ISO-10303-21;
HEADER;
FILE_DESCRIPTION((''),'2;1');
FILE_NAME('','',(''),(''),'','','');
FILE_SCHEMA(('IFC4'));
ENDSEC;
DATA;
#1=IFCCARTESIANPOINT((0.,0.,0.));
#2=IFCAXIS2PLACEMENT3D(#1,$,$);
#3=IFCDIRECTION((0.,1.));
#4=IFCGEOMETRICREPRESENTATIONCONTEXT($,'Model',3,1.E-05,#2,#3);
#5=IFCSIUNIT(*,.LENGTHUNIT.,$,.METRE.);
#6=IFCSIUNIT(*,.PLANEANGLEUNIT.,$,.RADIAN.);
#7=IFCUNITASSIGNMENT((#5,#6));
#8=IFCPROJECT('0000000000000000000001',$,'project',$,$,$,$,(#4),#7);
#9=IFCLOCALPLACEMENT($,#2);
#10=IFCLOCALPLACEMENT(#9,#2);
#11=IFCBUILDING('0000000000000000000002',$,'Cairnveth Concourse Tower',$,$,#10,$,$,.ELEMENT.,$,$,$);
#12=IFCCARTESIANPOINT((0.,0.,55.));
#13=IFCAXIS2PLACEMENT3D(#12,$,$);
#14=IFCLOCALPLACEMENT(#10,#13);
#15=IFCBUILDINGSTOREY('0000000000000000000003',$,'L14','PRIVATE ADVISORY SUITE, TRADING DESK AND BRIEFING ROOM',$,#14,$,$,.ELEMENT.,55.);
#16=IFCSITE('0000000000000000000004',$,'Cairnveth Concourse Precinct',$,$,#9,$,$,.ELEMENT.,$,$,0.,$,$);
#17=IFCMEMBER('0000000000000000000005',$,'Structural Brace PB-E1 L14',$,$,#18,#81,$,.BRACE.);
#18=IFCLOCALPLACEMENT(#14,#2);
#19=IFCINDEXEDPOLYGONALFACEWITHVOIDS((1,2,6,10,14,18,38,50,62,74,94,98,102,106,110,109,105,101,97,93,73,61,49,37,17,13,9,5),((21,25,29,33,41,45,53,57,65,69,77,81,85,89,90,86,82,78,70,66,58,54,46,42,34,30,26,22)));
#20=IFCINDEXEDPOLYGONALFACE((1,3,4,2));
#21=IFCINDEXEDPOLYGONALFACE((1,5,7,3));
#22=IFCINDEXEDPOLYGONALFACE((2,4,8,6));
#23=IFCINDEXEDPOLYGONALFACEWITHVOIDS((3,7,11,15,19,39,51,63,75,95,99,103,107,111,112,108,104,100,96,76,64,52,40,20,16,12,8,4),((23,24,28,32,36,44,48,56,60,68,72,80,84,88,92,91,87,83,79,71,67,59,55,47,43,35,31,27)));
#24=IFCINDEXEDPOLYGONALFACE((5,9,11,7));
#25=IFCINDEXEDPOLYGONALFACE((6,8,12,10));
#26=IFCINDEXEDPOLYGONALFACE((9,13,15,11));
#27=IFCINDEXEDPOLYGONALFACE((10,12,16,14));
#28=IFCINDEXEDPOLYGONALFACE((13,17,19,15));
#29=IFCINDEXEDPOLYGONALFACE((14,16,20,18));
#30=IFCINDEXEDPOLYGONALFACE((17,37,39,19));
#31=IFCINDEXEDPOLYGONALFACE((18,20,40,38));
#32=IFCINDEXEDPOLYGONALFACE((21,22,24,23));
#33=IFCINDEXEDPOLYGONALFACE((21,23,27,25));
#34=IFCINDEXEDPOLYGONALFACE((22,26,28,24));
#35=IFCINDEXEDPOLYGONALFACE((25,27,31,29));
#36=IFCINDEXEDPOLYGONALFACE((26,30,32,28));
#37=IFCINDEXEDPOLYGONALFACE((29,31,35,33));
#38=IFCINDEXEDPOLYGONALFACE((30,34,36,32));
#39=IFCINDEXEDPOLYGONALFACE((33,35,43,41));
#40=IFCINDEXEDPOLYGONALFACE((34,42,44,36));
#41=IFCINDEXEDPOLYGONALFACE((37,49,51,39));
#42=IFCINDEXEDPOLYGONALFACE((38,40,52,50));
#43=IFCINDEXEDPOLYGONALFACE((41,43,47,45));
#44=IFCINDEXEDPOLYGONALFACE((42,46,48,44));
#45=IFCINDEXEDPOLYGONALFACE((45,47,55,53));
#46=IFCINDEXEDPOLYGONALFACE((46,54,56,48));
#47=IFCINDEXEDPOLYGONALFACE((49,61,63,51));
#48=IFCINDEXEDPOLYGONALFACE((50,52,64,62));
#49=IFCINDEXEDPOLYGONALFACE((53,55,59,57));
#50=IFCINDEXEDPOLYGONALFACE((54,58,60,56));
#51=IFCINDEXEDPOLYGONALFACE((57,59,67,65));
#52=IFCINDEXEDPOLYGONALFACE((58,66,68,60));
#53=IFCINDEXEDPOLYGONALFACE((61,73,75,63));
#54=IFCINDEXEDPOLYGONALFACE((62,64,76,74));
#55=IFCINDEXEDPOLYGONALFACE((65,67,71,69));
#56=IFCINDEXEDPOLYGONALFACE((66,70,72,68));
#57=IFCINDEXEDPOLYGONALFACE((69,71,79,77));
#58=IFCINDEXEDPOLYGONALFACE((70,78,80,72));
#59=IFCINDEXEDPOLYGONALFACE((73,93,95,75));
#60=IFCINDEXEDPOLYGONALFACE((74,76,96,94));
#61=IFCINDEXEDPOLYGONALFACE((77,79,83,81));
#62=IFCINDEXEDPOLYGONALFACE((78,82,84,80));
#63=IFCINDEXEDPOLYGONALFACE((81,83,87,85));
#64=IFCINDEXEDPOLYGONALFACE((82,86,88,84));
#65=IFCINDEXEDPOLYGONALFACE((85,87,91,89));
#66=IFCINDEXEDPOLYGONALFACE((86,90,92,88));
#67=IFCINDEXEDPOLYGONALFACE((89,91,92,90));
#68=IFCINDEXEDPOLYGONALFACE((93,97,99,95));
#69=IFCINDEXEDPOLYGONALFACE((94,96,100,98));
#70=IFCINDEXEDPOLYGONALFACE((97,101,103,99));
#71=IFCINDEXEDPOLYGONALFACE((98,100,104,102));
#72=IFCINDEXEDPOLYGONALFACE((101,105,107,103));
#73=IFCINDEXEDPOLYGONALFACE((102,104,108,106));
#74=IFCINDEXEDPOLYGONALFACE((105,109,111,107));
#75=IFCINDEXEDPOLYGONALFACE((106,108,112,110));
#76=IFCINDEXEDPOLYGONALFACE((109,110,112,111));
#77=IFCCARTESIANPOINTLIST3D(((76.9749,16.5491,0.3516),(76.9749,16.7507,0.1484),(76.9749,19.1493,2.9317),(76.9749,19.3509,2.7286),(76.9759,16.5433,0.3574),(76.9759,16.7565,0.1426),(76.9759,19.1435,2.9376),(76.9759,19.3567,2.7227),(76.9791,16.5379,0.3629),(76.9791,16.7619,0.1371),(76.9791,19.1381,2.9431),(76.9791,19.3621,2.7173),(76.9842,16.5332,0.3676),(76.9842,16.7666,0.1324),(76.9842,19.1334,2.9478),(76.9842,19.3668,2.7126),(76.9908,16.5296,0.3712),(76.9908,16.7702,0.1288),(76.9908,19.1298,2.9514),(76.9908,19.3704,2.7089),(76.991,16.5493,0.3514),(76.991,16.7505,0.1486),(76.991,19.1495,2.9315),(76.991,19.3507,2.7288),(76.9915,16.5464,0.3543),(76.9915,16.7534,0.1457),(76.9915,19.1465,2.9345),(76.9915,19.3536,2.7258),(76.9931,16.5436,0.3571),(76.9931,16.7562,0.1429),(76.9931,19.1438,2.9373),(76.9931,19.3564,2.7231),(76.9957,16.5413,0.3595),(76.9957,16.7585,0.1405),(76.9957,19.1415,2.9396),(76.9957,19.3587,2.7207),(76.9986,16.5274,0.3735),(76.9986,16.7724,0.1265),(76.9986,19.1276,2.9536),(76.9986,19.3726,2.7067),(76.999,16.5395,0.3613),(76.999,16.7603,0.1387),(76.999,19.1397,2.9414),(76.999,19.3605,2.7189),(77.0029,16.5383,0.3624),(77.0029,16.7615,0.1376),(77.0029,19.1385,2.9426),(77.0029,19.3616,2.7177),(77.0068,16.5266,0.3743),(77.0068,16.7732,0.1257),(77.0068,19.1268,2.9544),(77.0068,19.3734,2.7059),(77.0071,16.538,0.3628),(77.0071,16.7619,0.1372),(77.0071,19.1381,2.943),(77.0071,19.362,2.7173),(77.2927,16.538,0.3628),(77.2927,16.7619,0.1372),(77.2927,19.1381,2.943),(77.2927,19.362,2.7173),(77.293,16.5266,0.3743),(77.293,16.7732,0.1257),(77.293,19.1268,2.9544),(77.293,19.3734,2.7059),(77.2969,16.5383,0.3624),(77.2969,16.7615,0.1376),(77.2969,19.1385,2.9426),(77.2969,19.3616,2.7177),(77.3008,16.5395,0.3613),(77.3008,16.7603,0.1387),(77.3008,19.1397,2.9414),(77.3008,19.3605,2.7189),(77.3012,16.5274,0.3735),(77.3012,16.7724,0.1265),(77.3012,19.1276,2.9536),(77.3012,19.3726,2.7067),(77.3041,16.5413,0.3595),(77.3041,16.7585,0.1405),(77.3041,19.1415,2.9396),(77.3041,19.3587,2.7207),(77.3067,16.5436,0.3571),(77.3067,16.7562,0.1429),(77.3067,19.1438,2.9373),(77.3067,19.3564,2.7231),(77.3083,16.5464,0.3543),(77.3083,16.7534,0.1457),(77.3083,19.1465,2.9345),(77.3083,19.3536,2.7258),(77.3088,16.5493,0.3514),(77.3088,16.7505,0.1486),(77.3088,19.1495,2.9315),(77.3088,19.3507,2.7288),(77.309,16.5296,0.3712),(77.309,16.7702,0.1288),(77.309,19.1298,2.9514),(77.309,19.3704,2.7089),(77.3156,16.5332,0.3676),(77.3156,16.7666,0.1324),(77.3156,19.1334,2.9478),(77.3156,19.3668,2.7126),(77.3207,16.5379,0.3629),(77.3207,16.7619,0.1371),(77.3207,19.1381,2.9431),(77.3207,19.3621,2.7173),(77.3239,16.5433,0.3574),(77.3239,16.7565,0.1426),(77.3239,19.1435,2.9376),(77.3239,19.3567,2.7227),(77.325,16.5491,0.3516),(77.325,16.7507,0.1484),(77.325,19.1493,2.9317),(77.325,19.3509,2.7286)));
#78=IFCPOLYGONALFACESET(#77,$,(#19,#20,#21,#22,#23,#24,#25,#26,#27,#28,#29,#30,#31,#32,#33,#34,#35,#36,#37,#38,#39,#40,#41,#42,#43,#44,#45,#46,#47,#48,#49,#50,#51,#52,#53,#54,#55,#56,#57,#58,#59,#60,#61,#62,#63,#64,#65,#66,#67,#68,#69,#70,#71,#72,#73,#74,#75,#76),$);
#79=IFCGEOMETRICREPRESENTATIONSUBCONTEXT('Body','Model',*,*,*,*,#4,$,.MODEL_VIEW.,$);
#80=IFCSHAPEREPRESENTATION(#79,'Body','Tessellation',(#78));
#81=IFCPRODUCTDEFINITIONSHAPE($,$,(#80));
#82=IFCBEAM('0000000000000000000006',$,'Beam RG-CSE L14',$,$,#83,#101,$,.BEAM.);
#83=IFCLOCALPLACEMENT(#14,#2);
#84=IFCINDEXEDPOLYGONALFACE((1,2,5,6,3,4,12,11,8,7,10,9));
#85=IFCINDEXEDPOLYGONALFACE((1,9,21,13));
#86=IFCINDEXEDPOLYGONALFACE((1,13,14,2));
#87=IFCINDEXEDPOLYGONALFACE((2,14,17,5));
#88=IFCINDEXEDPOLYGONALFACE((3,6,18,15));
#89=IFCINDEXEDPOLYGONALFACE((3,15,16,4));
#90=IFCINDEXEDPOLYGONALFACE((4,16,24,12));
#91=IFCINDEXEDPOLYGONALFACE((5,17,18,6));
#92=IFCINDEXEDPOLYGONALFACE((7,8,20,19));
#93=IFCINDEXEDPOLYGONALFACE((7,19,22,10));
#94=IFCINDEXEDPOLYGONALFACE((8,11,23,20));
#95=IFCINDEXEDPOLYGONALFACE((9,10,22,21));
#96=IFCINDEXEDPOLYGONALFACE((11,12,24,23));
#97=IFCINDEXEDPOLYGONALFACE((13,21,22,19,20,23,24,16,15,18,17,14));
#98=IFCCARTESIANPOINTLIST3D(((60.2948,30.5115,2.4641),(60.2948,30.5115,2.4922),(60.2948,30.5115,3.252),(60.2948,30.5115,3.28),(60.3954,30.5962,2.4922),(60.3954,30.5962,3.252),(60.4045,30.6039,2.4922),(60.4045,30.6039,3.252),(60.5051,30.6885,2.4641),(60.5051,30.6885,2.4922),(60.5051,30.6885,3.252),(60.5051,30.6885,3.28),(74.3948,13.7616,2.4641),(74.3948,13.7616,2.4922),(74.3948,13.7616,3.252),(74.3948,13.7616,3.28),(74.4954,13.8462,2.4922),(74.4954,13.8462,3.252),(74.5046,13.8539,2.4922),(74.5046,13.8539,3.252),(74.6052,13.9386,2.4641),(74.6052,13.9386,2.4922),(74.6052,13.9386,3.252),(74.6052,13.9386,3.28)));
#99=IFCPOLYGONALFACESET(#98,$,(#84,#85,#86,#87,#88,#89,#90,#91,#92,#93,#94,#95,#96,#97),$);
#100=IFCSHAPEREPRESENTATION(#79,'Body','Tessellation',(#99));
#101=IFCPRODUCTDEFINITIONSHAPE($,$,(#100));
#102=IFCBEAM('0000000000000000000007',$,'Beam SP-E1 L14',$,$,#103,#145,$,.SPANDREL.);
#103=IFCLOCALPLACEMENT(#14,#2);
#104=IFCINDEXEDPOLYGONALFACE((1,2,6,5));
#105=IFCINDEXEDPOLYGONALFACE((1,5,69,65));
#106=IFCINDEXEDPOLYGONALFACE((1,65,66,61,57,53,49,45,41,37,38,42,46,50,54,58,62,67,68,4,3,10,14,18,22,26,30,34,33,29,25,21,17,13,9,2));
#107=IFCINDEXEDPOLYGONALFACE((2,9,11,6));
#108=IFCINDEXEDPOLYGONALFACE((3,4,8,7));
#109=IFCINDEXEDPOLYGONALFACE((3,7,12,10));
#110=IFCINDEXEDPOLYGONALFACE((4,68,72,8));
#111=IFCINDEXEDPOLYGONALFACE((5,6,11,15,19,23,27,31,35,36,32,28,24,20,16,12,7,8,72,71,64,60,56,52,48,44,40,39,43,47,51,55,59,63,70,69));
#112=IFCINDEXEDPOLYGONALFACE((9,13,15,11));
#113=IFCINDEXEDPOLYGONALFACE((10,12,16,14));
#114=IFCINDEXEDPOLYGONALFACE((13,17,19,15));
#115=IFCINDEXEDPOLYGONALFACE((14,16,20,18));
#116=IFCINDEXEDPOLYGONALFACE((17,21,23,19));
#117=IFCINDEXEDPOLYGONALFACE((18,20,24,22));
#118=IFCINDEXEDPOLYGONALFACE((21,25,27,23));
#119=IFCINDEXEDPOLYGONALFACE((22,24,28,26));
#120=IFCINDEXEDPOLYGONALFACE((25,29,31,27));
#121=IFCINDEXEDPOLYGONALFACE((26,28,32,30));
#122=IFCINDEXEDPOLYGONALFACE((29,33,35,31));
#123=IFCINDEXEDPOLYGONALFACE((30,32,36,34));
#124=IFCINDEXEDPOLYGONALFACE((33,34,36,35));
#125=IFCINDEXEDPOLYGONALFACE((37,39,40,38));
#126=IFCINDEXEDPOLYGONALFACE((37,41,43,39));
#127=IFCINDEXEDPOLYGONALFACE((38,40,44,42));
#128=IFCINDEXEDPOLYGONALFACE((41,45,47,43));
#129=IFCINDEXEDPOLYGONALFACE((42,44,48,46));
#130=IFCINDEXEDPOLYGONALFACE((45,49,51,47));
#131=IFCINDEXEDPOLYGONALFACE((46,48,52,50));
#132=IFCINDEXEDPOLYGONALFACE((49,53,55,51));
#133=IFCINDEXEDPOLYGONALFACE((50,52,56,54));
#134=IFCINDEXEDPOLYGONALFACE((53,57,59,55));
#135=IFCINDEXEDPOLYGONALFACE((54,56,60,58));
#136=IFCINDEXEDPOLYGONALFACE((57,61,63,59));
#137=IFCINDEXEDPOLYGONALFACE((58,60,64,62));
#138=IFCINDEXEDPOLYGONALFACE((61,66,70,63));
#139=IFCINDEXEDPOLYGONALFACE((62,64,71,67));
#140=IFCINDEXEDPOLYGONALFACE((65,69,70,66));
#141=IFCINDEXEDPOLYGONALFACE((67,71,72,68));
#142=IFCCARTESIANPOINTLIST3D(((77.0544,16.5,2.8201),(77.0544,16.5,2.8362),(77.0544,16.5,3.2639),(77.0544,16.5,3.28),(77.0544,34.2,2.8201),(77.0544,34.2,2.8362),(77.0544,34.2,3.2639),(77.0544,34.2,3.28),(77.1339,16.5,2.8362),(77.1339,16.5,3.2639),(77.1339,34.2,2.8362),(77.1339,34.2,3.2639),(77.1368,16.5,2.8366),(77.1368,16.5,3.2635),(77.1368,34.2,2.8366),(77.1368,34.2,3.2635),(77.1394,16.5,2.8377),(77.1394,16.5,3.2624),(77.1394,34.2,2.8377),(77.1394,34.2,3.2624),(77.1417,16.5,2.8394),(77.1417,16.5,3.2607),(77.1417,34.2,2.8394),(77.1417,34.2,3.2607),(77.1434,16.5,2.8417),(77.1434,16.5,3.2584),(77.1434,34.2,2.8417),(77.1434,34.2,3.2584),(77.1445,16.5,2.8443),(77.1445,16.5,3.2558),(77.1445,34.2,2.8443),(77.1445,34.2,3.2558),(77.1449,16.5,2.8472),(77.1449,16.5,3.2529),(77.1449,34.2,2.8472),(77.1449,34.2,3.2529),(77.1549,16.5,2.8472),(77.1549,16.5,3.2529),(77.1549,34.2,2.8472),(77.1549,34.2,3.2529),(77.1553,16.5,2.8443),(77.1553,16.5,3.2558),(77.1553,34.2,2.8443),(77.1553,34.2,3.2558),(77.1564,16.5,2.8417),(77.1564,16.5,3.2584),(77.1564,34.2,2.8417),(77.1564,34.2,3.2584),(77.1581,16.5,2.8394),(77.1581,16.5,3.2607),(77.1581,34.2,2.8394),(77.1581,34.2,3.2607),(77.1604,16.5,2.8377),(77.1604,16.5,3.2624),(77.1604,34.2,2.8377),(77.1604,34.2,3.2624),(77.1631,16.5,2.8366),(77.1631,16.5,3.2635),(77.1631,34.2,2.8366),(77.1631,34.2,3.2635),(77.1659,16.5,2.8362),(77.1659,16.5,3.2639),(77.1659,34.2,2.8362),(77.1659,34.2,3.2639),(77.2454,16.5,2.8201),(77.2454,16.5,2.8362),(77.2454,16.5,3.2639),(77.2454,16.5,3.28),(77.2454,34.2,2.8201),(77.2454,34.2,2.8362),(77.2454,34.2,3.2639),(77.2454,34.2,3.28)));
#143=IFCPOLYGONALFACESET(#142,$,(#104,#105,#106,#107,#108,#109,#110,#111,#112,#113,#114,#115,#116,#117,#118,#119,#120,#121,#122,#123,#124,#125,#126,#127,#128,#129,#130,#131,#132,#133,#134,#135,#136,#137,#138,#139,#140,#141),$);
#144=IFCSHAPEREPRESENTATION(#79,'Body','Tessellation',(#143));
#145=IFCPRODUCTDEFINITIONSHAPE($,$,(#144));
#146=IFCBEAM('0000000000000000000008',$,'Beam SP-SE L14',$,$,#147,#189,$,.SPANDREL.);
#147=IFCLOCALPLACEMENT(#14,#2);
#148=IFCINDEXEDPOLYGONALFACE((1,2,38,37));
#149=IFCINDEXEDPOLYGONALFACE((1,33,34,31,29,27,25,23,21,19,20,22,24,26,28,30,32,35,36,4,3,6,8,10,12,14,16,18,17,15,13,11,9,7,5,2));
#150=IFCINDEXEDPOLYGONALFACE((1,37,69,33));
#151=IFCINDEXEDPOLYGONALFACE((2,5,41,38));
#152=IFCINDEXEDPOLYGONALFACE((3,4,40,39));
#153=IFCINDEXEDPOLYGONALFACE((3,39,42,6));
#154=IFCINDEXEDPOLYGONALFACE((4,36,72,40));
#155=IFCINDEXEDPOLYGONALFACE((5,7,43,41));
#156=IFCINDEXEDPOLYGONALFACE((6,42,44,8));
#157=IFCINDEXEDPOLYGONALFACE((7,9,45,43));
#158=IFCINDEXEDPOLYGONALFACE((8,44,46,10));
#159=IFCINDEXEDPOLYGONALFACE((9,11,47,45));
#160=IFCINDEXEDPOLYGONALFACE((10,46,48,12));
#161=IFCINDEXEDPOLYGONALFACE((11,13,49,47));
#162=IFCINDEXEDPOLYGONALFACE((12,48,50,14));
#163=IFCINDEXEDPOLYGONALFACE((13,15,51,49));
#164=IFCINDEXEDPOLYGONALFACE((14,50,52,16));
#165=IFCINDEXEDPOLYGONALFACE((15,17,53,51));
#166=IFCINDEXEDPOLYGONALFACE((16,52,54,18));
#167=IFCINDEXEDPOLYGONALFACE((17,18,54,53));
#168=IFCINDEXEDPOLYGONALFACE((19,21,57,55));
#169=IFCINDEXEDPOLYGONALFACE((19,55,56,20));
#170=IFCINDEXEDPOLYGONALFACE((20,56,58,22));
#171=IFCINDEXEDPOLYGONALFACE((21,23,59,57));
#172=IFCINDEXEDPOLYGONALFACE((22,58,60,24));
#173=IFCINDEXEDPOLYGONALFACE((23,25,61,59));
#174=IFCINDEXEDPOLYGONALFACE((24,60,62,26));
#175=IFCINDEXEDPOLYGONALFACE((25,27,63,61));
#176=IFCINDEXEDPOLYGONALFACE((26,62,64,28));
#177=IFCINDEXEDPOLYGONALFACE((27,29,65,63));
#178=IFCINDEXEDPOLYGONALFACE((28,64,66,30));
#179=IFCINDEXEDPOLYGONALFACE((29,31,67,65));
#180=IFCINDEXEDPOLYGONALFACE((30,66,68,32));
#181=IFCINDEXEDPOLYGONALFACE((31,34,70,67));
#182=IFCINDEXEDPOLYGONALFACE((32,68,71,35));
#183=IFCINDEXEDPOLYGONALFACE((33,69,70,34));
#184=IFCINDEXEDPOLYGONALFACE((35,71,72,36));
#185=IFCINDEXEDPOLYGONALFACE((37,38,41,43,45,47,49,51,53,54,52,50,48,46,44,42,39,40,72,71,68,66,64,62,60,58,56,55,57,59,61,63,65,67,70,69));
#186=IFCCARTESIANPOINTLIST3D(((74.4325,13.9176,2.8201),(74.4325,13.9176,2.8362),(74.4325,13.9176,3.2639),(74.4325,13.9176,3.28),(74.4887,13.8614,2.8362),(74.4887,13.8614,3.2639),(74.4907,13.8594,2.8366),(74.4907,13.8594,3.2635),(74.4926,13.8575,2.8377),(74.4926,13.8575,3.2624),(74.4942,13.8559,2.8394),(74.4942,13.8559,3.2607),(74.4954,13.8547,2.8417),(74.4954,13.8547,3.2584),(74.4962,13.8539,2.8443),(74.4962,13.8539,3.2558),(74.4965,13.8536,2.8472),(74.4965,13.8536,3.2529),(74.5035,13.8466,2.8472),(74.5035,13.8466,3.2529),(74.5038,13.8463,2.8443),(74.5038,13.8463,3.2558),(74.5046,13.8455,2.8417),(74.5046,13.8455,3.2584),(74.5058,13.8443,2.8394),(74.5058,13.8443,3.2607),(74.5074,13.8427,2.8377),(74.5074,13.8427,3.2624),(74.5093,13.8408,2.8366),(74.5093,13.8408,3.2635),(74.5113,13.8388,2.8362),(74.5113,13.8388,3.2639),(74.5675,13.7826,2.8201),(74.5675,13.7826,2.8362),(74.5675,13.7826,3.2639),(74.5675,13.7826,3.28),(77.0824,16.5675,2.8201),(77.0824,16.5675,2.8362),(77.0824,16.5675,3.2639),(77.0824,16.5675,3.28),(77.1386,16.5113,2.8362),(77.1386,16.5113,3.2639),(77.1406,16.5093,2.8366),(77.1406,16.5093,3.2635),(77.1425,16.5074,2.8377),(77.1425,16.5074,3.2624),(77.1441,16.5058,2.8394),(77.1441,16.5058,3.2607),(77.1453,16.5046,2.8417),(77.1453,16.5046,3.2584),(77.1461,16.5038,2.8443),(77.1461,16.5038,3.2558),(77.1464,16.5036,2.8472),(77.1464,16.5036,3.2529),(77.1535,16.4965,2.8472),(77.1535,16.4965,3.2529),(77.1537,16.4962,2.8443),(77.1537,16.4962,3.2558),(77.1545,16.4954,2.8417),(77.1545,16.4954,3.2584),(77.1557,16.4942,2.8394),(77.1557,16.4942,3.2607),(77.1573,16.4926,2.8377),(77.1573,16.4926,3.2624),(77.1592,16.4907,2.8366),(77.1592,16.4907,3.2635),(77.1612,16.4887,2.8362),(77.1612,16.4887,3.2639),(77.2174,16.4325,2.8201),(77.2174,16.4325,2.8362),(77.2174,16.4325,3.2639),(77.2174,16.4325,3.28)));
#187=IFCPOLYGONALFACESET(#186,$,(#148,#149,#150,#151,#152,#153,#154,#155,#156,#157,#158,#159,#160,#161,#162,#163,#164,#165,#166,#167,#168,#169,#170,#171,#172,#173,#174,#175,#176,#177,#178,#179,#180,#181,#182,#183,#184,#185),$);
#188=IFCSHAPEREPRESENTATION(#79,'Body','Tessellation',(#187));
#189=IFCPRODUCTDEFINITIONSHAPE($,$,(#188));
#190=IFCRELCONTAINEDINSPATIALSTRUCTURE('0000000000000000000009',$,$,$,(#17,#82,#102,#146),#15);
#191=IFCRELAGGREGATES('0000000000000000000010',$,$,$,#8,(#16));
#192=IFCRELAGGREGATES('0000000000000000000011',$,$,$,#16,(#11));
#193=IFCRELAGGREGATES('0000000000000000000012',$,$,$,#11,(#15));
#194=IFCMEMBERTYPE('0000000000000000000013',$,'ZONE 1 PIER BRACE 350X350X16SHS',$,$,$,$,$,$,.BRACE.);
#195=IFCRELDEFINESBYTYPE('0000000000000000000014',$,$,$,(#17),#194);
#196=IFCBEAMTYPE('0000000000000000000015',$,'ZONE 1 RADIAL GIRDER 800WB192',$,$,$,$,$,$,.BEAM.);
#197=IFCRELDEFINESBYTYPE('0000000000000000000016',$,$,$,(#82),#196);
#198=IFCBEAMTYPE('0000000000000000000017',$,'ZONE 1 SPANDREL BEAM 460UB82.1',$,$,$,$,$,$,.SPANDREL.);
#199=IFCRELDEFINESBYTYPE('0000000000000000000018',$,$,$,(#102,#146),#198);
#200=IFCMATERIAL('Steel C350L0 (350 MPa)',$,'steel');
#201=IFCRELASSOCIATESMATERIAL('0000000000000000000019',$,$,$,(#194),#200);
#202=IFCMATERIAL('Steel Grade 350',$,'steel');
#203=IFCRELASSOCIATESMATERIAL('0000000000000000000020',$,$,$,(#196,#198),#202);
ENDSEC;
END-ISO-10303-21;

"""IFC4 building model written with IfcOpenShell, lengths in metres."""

from ifc_helpers import new_model, si_unit, direction, frame, origin, origin_2d, place, context, subcontext, project, spatial, hollow_rectangle, i_section, extrude, material, material_profile, profile_set, type_object, element, save


model = new_model("IFC4")

# Units and contexts
model_context = context("Model", 3, precision=1e-05, world=origin(), true_north=direction((0.0, 1.0)))
body_context = subcontext(model_context, "Body", "Model", "MODEL_VIEW")
ifc_project = project(units=[si_unit("LENGTHUNIT", "METRE"), si_unit("PLANEANGLEUNIT", "RADIAN")], contexts=[model_context])

# Site, building, storey
site_placement = place(None, origin())
site = spatial("IfcSite", under=ifc_project, at=site_placement, Name="Cairnveth Concourse Precinct", CompositionType="ELEMENT", RefElevation=0.0)
building_placement = place(site_placement, origin())
building = spatial("IfcBuilding", under=site, at=building_placement, Name="Cairnveth Concourse Tower", CompositionType="ELEMENT")
storey_placement = place(building_placement, frame((0.0, 0.0, 55.0)))
storey = spatial("IfcBuildingStorey", under=building, at=storey_placement, Name="L14", Description="PRIVATE ADVISORY SUITE, TRADING DESK AND BRIEFING ROOM", CompositionType="ELEMENT", Elevation=55.0)

# Shared definitions
ifc_material_1 = material(Name="Steel Grade 350", Category="steel")

# Member
ifc_material_2 = material(Name="Steel C350L0 (350 MPa)", Category="steel")
ifc_material_profile_1 = material_profile(ifc_material_2, hollow_rectangle(XDim=0.3501, YDim=0.3501, WallThickness=0.0161, InnerFilletRadius=0.0161, OuterFilletRadius=0.032, at=origin_2d()), Name="350x350x16.0SHS")
ifc_profile_set_1 = profile_set([ifc_material_profile_1], Name="Steel C350L0 (350 MPa)")
member_type = type_object("IfcMemberType", Name="ZONE 1 PIER BRACE 350X350X16SHS", PredefinedType="BRACE", material=ifc_profile_set_1)
for number, where, z_axis, x_axis, name in (
    (1, (77.1499, 16.6499, 0.25), (0.0, 0.709834, 0.704369), (-1.0, 0.0, 0.0), "Structural Brace PB-E1 L14"),
):
    element("IfcMember", number, at=place(storey_placement, frame(where, z_axis=z_axis, x_axis=x_axis)), inside=storey, type_object=member_type, Name=name, PredefinedType="BRACE", context=body_context, shape_type="SweptSolid", body=[
        extrude(hollow_rectangle(XDim=0.3501, YDim=0.3501, WallThickness=0.0161, InnerFilletRadius=0.0161, OuterFilletRadius=0.032, at=origin_2d()), origin(), (0.0, 0.0, 1.0), 3.6631),
    ])

# Beams
ifc_material_profile_2 = material_profile(ifc_material_1, i_section(OverallWidth=0.2749, OverallDepth=0.8159, WebThickness=0.012, FlangeThickness=0.0281, at=origin_2d()), Name="800WB192")
ifc_profile_set_2 = profile_set([ifc_material_profile_2], Name="Steel Grade 350")
beam_type_1 = type_object("IfcBeamType", Name="ZONE 1 RADIAL GIRDER 800WB192", PredefinedType="BEAM", material=ifc_profile_set_2)
beam_1_placement = place(storey_placement, frame((74.5, 13.8501, 2.8721), z_axis=(-0.643998, 0.765027, 0.0), x_axis=(-0.765027, -0.643998, 0.0)))
element("IfcBeam", 2, at=beam_1_placement, inside=storey, type_object=beam_type_1, Name="Beam RG-CSE L14", PredefinedType="BEAM", context=body_context, shape_type="SweptSolid", body=[
    extrude(i_section(OverallWidth=0.2749, OverallDepth=0.8159, WebThickness=0.012, FlangeThickness=0.0281, at=origin_2d()), origin(), (0.0, 0.0, 1.0), 21.8945),
])
ifc_material_profile_3 = material_profile(ifc_material_1, i_section(OverallWidth=0.1909, OverallDepth=0.46, WebThickness=0.01, FlangeThickness=0.0161, FilletRadius=0.011, at=origin_2d()), Name="460UB82.1")
ifc_profile_set_3 = profile_set([ifc_material_profile_3], Name="Steel Grade 350")
beam_type_2 = type_object("IfcBeamType", Name="ZONE 1 SPANDREL BEAM 460UB82.1", PredefinedType="SPANDREL", material=ifc_profile_set_3)
beam_2_placement = place(storey_placement, frame((77.1499, 16.5, 3.05), z_axis=(0.0, 1.0, 0.0), x_axis=(-1.0, 0.0, 0.0)))
element("IfcBeam", 3, at=beam_2_placement, inside=storey, type_object=beam_type_2, Name="Beam SP-E1 L14", PredefinedType="SPANDREL", context=body_context, shape_type="SweptSolid", body=[
    extrude(i_section(OverallWidth=0.1909, OverallDepth=0.46, WebThickness=0.01, FlangeThickness=0.0161, FilletRadius=0.011, at=origin_2d()), origin(), (0.0, 0.0, 1.0), 17.7),
])
beam_3_placement = place(storey_placement, frame((74.5, 13.8501, 3.05), z_axis=(0.707107, 0.707107, 0.0), x_axis=(-0.707107, 0.707107, 0.0)))
element("IfcBeam", 4, at=beam_3_placement, inside=storey, type_object=beam_type_2, Name="Beam SP-SE L14", PredefinedType="SPANDREL", context=body_context, shape_type="SweptSolid", body=[
    extrude(i_section(OverallWidth=0.1909, OverallDepth=0.46, WebThickness=0.01, FlangeThickness=0.0161, FilletRadius=0.011, at=origin_2d()), origin(), (0.0, 0.0, 1.0), 3.7476),
])

save(model, "model.ifc")
